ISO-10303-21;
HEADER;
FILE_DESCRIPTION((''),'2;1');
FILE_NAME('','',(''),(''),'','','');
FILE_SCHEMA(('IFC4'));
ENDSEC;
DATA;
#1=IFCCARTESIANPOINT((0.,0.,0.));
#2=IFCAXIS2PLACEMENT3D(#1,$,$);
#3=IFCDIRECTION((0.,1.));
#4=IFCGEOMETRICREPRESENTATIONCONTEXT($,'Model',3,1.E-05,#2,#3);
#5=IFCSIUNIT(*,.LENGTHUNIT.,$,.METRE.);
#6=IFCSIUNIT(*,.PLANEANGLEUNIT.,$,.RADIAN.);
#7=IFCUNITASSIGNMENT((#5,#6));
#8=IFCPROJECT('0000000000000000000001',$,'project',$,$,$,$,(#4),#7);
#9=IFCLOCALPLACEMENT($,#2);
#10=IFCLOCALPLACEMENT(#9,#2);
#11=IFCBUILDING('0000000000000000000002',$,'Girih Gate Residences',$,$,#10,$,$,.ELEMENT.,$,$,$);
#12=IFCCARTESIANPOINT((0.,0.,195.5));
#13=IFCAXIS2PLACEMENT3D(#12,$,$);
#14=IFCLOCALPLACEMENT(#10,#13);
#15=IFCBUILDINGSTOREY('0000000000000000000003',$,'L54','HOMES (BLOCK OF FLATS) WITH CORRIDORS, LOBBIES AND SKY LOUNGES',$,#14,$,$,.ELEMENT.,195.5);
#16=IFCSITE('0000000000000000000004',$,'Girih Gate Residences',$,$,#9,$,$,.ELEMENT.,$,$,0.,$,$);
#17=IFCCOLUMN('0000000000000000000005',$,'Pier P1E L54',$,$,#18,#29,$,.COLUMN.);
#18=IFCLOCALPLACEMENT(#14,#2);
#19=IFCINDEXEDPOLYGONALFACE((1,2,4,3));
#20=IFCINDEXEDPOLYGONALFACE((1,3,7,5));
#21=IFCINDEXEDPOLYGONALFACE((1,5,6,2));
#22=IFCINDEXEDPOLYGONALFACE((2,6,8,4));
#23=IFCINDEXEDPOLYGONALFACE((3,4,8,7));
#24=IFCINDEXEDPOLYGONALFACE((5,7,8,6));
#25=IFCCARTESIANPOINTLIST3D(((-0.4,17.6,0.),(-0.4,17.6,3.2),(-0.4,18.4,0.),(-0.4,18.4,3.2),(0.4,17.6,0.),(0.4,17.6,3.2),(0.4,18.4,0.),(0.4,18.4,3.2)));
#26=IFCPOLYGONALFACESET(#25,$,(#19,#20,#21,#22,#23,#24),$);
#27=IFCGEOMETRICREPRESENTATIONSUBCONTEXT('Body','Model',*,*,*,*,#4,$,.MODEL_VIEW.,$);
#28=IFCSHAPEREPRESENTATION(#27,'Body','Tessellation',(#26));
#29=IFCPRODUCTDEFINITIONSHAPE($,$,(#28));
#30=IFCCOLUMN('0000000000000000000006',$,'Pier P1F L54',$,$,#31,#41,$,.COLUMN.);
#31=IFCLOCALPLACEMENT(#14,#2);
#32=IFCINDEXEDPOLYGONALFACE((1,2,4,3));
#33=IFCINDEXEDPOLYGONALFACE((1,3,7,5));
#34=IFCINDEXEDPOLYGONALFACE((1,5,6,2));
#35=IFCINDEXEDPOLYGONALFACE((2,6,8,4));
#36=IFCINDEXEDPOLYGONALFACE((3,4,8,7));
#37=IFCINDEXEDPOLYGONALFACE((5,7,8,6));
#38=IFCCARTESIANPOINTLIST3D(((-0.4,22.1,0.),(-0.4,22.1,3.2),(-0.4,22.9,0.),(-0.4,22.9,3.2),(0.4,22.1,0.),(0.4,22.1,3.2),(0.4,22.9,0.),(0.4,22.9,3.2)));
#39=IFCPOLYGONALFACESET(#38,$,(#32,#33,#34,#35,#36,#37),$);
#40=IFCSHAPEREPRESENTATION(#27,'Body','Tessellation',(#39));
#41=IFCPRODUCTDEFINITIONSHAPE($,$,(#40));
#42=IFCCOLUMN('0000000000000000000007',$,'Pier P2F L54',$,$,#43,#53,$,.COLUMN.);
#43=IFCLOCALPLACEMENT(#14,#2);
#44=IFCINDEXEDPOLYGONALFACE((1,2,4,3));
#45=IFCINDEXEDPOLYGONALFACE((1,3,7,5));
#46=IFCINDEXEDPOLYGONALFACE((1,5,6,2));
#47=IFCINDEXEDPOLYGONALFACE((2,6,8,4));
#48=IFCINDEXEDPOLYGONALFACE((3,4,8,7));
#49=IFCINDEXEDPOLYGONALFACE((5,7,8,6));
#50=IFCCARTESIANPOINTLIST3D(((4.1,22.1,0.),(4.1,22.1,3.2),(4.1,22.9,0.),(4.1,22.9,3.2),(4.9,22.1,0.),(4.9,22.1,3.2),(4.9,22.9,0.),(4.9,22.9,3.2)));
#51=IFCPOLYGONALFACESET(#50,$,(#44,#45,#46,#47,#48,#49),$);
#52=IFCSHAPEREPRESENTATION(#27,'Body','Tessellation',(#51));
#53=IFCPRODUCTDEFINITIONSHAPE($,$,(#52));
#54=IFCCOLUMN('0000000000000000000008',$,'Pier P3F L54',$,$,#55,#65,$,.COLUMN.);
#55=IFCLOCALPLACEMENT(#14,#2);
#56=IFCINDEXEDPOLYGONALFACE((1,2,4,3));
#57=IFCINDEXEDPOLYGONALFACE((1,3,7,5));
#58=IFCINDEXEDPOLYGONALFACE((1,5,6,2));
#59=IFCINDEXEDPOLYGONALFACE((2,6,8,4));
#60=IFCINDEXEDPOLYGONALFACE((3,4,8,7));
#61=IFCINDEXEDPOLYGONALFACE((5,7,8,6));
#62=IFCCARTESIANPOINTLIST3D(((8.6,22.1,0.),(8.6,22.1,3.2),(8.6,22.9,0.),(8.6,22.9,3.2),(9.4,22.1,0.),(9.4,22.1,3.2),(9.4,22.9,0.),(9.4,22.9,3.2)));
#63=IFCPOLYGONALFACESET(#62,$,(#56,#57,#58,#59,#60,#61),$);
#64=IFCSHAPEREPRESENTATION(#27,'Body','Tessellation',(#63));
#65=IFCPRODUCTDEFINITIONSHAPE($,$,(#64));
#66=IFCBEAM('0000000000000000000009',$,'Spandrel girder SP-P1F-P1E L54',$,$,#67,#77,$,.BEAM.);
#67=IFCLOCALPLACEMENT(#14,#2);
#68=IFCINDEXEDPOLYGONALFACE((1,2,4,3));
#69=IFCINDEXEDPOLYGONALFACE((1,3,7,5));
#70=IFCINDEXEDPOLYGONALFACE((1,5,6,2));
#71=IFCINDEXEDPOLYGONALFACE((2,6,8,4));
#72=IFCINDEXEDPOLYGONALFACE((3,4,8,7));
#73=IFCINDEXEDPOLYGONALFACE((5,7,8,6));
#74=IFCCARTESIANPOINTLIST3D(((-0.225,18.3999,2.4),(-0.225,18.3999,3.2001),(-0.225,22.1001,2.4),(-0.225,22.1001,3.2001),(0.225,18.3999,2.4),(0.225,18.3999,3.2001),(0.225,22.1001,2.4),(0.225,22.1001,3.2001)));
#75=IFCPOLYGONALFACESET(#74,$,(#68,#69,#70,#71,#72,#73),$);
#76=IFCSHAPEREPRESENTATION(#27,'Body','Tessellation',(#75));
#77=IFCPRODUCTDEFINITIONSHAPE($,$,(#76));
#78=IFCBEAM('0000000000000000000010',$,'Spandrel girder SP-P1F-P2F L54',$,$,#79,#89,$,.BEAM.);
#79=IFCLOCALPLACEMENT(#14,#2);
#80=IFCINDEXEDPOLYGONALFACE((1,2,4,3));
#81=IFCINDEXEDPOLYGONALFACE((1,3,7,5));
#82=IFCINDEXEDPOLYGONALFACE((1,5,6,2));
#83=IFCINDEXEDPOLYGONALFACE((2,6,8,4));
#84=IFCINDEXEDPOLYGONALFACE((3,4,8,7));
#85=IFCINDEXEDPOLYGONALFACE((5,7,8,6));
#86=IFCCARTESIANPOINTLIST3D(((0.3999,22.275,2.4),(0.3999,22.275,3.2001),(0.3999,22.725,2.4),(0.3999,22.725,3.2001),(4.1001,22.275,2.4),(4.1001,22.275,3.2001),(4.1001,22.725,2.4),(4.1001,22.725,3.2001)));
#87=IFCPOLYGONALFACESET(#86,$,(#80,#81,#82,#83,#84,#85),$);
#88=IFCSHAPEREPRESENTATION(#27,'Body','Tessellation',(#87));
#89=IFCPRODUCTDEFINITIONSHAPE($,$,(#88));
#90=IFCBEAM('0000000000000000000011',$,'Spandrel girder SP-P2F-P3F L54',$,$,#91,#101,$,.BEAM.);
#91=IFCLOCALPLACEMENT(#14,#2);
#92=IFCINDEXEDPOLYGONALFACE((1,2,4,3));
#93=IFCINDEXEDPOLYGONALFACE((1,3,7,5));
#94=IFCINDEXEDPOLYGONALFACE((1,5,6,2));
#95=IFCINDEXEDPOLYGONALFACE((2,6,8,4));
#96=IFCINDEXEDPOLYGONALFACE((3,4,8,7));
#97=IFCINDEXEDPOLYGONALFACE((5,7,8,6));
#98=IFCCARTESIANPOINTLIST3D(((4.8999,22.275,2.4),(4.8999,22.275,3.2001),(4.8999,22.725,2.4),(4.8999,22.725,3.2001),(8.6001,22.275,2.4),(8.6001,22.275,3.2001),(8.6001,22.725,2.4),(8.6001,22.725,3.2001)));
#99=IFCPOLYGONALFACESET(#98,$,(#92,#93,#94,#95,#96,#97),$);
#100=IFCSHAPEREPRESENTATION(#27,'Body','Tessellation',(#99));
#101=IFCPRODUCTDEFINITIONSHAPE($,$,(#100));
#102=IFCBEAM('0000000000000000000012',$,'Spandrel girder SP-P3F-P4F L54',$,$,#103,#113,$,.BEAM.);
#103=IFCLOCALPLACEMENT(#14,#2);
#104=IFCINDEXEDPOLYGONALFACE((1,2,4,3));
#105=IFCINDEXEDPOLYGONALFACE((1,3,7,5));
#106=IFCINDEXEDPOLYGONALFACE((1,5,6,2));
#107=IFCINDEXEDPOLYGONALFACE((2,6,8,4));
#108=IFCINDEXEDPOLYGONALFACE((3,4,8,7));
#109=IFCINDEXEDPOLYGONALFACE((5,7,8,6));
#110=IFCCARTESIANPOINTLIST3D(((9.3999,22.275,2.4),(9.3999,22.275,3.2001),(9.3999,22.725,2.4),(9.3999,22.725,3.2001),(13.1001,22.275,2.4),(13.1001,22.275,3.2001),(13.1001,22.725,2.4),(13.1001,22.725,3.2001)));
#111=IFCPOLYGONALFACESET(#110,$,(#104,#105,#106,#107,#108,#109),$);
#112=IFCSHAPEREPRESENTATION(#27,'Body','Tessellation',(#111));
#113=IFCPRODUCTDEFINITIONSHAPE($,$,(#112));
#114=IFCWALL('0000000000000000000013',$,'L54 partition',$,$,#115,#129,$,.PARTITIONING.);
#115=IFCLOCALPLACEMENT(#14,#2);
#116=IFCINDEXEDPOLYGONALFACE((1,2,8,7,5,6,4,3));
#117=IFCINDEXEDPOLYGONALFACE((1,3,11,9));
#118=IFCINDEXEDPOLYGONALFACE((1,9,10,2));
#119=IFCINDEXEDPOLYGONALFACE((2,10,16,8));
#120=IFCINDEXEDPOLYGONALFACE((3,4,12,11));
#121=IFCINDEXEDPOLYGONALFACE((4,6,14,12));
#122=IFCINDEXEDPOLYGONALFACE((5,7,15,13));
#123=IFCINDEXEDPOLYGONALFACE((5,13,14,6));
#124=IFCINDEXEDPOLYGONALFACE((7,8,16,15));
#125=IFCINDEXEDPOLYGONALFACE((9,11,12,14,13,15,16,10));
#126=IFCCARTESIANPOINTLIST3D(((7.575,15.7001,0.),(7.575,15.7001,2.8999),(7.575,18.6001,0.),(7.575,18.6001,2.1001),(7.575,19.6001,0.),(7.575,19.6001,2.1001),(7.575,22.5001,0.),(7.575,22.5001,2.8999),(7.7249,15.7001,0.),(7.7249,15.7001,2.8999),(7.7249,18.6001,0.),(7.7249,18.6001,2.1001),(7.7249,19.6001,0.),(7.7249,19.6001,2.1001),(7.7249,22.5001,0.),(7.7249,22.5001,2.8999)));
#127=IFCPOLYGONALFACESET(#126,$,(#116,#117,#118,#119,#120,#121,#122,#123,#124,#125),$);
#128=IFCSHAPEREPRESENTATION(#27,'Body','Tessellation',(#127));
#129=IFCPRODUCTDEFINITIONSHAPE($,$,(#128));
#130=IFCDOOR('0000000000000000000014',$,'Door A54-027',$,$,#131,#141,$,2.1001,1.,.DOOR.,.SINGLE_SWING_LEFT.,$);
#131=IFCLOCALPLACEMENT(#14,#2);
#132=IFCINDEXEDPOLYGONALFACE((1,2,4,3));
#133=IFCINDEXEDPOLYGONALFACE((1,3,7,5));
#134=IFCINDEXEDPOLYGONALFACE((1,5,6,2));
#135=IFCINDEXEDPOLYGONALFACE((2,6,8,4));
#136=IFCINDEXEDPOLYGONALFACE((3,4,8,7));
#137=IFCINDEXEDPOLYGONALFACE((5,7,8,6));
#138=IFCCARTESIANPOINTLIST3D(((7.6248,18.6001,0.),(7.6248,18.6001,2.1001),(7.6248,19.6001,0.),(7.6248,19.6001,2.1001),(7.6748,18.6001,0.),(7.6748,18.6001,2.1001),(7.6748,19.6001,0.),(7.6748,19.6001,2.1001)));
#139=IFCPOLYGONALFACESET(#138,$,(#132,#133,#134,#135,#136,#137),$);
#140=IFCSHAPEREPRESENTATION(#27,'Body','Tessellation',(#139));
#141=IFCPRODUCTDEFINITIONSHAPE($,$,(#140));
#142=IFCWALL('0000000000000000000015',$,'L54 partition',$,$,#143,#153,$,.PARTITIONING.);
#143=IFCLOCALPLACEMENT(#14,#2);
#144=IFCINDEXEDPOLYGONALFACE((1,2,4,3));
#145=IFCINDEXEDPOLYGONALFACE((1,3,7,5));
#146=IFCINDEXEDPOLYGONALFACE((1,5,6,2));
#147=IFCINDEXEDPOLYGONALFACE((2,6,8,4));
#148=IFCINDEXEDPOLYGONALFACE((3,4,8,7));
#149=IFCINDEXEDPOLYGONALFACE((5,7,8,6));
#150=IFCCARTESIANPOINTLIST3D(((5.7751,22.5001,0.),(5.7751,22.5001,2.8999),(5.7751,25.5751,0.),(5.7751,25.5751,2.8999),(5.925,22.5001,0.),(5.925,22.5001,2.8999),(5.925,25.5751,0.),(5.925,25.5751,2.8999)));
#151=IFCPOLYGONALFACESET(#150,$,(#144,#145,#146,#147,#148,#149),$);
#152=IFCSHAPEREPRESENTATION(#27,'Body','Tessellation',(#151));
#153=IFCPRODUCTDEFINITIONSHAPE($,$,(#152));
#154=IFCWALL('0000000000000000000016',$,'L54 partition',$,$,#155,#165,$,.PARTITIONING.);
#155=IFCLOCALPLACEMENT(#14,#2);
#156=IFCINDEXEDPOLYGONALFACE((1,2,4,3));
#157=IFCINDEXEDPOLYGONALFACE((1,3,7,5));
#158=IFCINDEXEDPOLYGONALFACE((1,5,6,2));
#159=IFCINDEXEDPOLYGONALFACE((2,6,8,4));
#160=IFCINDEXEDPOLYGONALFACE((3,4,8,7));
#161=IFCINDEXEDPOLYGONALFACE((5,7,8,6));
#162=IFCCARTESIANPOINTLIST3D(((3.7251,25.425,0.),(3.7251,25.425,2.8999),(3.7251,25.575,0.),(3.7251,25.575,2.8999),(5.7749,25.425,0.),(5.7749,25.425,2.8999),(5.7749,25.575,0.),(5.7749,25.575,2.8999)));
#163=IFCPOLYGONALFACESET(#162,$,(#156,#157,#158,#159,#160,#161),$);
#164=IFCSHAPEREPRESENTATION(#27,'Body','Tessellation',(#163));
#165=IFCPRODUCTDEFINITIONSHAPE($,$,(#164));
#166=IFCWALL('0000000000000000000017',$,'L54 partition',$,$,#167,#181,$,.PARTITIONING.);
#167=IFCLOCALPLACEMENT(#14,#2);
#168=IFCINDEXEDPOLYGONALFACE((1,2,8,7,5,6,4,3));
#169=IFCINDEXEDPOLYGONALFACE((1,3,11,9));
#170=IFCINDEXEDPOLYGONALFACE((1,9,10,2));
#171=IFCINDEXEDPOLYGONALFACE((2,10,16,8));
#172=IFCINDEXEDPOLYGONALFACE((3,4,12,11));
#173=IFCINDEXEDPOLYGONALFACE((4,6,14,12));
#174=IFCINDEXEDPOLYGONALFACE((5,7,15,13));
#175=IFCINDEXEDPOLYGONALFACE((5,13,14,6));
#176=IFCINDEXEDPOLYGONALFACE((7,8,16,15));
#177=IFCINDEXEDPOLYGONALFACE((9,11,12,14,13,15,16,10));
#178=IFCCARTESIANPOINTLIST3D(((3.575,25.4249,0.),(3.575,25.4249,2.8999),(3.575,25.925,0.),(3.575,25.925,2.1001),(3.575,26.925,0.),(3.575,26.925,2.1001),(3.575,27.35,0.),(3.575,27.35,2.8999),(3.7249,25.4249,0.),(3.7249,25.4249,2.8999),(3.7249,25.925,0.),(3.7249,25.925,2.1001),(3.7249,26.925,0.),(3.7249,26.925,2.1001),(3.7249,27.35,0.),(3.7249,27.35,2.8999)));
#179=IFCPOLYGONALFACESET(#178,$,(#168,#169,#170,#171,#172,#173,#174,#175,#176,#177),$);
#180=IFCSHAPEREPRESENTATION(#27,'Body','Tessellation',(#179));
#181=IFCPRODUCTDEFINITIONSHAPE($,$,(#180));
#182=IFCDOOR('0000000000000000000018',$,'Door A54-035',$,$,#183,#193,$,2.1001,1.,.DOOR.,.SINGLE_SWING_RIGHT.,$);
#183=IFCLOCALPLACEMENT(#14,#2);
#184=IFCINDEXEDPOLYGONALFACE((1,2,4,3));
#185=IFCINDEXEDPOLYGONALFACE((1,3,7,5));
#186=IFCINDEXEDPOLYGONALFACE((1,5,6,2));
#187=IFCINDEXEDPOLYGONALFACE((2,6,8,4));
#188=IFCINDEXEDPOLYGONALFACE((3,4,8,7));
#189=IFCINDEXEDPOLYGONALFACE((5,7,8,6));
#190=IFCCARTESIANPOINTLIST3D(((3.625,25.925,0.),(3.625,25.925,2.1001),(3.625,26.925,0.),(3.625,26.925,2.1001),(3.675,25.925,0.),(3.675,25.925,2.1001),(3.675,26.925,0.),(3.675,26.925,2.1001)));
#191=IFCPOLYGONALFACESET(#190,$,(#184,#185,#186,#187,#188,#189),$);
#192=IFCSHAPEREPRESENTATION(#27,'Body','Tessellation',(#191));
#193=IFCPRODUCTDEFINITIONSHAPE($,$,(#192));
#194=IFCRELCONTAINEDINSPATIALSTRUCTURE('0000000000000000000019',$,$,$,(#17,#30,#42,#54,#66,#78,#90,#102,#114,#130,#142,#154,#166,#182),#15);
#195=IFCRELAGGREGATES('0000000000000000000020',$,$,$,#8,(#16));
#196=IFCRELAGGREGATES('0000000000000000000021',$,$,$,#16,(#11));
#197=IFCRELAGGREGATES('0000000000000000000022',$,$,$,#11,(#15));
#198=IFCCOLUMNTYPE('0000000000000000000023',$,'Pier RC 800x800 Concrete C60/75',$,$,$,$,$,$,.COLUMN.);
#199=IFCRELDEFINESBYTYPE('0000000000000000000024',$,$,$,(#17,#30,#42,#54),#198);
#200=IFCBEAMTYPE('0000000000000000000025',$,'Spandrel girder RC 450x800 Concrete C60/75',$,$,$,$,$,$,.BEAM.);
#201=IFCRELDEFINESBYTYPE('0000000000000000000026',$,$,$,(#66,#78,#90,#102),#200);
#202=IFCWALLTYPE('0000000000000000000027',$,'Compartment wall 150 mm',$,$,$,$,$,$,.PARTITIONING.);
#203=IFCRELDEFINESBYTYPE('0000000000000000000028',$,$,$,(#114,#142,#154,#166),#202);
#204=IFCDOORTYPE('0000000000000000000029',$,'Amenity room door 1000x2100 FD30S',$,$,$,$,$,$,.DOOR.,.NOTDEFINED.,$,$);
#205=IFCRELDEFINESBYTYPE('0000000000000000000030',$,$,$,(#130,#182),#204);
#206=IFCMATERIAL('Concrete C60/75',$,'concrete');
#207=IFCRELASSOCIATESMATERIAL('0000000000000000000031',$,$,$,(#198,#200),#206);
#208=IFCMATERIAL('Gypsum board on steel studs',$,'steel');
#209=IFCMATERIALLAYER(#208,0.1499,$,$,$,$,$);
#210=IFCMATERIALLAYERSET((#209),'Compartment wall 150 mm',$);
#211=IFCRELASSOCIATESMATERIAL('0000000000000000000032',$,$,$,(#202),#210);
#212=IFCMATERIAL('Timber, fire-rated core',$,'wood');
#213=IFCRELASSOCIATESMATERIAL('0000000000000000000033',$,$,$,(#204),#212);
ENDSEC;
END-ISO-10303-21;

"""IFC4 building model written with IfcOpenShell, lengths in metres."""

from ifc_helpers import new_model, si_unit, direction, frame, frame_2d, origin, origin_2d, place, context, subcontext, project, spatial, rectangle, extrude, material, layer, layer_set, material_profile, profile_set, type_object, element, fill, save


model = new_model("IFC4")

# Units and contexts
model_context = context("Model", 3, precision=1e-05, world=origin(), true_north=direction((0.0, 1.0)))
body_context = subcontext(model_context, "Body", "Model", "MODEL_VIEW")
ifc_project = project(units=[si_unit("LENGTHUNIT", "METRE"), si_unit("PLANEANGLEUNIT", "RADIAN")], contexts=[model_context])

# Site, building, storey
site_placement = place(None, origin())
site = spatial("IfcSite", under=ifc_project, at=site_placement, Name="Girih Gate Residences", CompositionType="ELEMENT", RefElevation=0.0)
building_placement = place(site_placement, origin())
building = spatial("IfcBuilding", under=site, at=building_placement, Name="Girih Gate Residences", CompositionType="ELEMENT")
storey_placement = place(building_placement, frame((0.0, 0.0, 195.5)))
storey = spatial("IfcBuildingStorey", under=building, at=storey_placement, Name="L54", Description="HOMES (BLOCK OF FLATS) WITH CORRIDORS, LOBBIES AND SKY LOUNGES", CompositionType="ELEMENT", Elevation=195.5)

# Columns
ifc_material_1 = material(Name="Concrete C60/75", Category="concrete")
ifc_material_profile_1 = material_profile(ifc_material_1, rectangle(XDim=0.8, YDim=0.8, at=origin_2d()))
ifc_profile_set_1 = profile_set([ifc_material_profile_1], Name="Concrete C60/75")
column_type = type_object("IfcColumnType", Name="Pier RC 800x800 Concrete C60/75", PredefinedType="COLUMN", material=ifc_profile_set_1)
for number, where, z_axis, x_axis, name in (
    (1, (0.0, 18.0, 0.0), (0.0, 0.0, 1.0), (1.0, 0.0, 0.0), "Pier P1E L54"),
    (2, (0.0, 22.5, 0.0), (0.0, 0.0, 1.0), (1.0, 0.0, 0.0), "Pier P1F L54"),
    (3, (4.5, 22.5, 0.0), (0.0, 0.0, 1.0), (1.0, 0.0, 0.0), "Pier P2F L54"),
    (4, (9.0, 22.5, 0.0), (0.0, 0.0, 1.0), (1.0, 0.0, 0.0), "Pier P3F L54"),
):
    element("IfcColumn", number, at=place(storey_placement, frame(where, z_axis=z_axis, x_axis=x_axis)), inside=storey, type_object=column_type, Name=name, PredefinedType="COLUMN", context=body_context, shape_type="SweptSolid", body=[
        extrude(rectangle(XDim=0.8, YDim=0.8, at=origin_2d()), origin(), (0.0, 0.0, 1.0), 3.2),
    ])

# Beams
ifc_material_profile_2 = material_profile(ifc_material_1, rectangle(XDim=0.45, YDim=0.8, at=origin_2d()))
ifc_profile_set_2 = profile_set([ifc_material_profile_2], Name="Concrete C60/75")
beam_type = type_object("IfcBeamType", Name="Spandrel girder RC 450x800 Concrete C60/75", PredefinedType="BEAM", material=ifc_profile_set_2)
for number, where, z_axis, x_axis, name in (
    (5, (0.0, 22.1001, 2.8), (0.0, -1.0, 0.0), (1.0, 0.0, 0.0), "Spandrel girder SP-P1F-P1E L54"),
    (6, (0.3999, 22.5, 2.8), (1.0, 0.0, 0.0), (0.0, 1.0, 0.0), "Spandrel girder SP-P1F-P2F L54"),
    (7, (4.8999, 22.5, 2.8), (1.0, 0.0, 0.0), (0.0, 1.0, 0.0), "Spandrel girder SP-P2F-P3F L54"),
    (8, (9.3999, 22.5, 2.8), (1.0, 0.0, 0.0), (0.0, 1.0, 0.0), "Spandrel girder SP-P3F-P4F L54"),
):
    element("IfcBeam", number, at=place(storey_placement, frame(where, z_axis=z_axis, x_axis=x_axis)), inside=storey, type_object=beam_type, Name=name, PredefinedType="BEAM", context=body_context, shape_type="SweptSolid", body=[
        extrude(rectangle(XDim=0.45, YDim=0.8, at=origin_2d()), origin(), (0.0, 0.0, 1.0), 3.7002),
    ])

# Wall, opening, door
ifc_material_2 = material(Name="Gypsum board on steel studs", Category="steel")
ifc_layer_1 = layer(ifc_material_2, 0.1499)
ifc_layer_set_1 = layer_set([ifc_layer_1], Name="Compartment wall 150 mm")
wall_type_1 = type_object("IfcWallType", Name="Compartment wall 150 mm", PredefinedType="PARTITIONING", material=ifc_layer_set_1)
wall_1_placement = place(storey_placement, frame((7.6499, 22.5, 0.0), z_axis=(0.0, 0.0, 1.0), x_axis=(0.0, -1.0, 0.0)))
wall_1 = element("IfcWall", 9, at=wall_1_placement, inside=storey, type_object=wall_type_1, Name="L54 partition", PredefinedType="PARTITIONING", context=body_context, shape_type="SweptSolid", body=[
    extrude(rectangle(XDim=6.8, YDim=0.1499, at=frame_2d((3.3999, 0.0))), origin(), (0.0, 0.0, 1.0), 2.8999),
])
opening_1_placement = place(wall_1_placement, frame((2.8999, 0.0, 0.0)))
opening_1 = element("IfcOpeningElement", 10, at=opening_1_placement, cuts=wall_1, PredefinedType="OPENING", context=body_context, shape_type="SweptSolid", body=[
    extrude(rectangle(XDim=1.0, YDim=2.1001, at=frame_2d((0.5, 1.05))), frame((0.0, 0.085, 0.0), z_axis=(0.0, -1.0, 0.0), x_axis=(1.0, 0.0, 0.0)), (0.0, 0.0, 1.0), 0.1699),
])
ifc_material_3 = material(Name="Timber, fire-rated core", Category="wood")
door_type = type_object("IfcDoorType", Name="Amenity room door 1000x2100 FD30S", OperationType="NOTDEFINED", PredefinedType="DOOR", material=ifc_material_3)
door_1_placement = place(opening_1_placement, origin())
door_1 = element("IfcDoor", 11, at=door_1_placement, inside=storey, type_object=door_type, Name="Door A54-027", OperationType="SINGLE_SWING_LEFT", OverallHeight=2.1001, OverallWidth=1.0, PredefinedType="DOOR", context=body_context, shape_type="SweptSolid", body=[
    extrude(rectangle(XDim=1.0, YDim=2.1001, at=frame_2d((0.5, 1.05))), frame((0.0, 0.0249, 0.0), z_axis=(0.0, -1.0, 0.0), x_axis=(1.0, 0.0, 0.0)), (0.0, 0.0, 1.0), 0.05),
])
fill(opening_1, door_1)

# Walls
wall_2_placement = place(storey_placement, frame((5.8501, 22.5, 0.0), z_axis=(0.0, 0.0, 1.0), x_axis=(0.0, 1.0, 0.0)))
element("IfcWall", 12, at=wall_2_placement, inside=storey, type_object=wall_type_1, Name="L54 partition", PredefinedType="PARTITIONING", context=body_context, shape_type="SweptSolid", body=[
    extrude(rectangle(XDim=3.075, YDim=0.1499, at=frame_2d((1.5376, 0.0))), origin(), (0.0, 0.0, 1.0), 2.8999),
])
wall_3_placement = place(storey_placement, frame((3.7251, 25.5, 0.0), z_axis=(0.0, 0.0, 1.0), x_axis=(1.0, 0.0, 0.0)))
element("IfcWall", 13, at=wall_3_placement, inside=storey, type_object=wall_type_1, Name="L54 partition", PredefinedType="PARTITIONING", context=body_context, shape_type="SweptSolid", body=[
    extrude(rectangle(XDim=2.0498, YDim=0.1499, at=frame_2d((1.0249, 0.0))), origin(), (0.0, 0.0, 1.0), 2.8999),
])

# Wall, opening, door
wall_4_placement = place(storey_placement, frame((3.6499, 25.425, 0.0), z_axis=(0.0, 0.0, 1.0), x_axis=(0.0, 1.0, 0.0)))
wall_4 = element("IfcWall", 14, at=wall_4_placement, inside=storey, type_object=wall_type_1, Name="L54 partition", PredefinedType="PARTITIONING", context=body_context, shape_type="SweptSolid", body=[
    extrude(rectangle(XDim=1.925, YDim=0.1499, at=frame_2d((0.9624, 0.0))), origin(), (0.0, 0.0, 1.0), 2.8999),
])
opening_2_placement = place(wall_4_placement, frame((0.5, 0.0, 0.0)))
opening_2 = element("IfcOpeningElement", 15, at=opening_2_placement, cuts=wall_4, PredefinedType="OPENING", context=body_context, shape_type="SweptSolid", body=[
    extrude(rectangle(XDim=1.0, YDim=2.1001, at=frame_2d((0.5, 1.05))), frame((0.0, 0.085, 0.0), z_axis=(0.0, -1.0, 0.0), x_axis=(1.0, 0.0, 0.0)), (0.0, 0.0, 1.0), 0.1699),
])
door_2_placement = place(opening_2_placement, origin())
door_2 = element("IfcDoor", 16, at=door_2_placement, inside=storey, type_object=door_type, Name="Door A54-035", OperationType="SINGLE_SWING_RIGHT", OverallHeight=2.1001, OverallWidth=1.0, PredefinedType="DOOR", context=body_context, shape_type="SweptSolid", body=[
    extrude(rectangle(XDim=1.0, YDim=2.1001, at=frame_2d((0.5, 1.05))), frame((0.0, 0.0249, 0.0), z_axis=(0.0, -1.0, 0.0), x_axis=(1.0, 0.0, 0.0)), (0.0, 0.0, 1.0), 0.05),
])
fill(opening_2, door_2)

save(model, "model.ifc")
